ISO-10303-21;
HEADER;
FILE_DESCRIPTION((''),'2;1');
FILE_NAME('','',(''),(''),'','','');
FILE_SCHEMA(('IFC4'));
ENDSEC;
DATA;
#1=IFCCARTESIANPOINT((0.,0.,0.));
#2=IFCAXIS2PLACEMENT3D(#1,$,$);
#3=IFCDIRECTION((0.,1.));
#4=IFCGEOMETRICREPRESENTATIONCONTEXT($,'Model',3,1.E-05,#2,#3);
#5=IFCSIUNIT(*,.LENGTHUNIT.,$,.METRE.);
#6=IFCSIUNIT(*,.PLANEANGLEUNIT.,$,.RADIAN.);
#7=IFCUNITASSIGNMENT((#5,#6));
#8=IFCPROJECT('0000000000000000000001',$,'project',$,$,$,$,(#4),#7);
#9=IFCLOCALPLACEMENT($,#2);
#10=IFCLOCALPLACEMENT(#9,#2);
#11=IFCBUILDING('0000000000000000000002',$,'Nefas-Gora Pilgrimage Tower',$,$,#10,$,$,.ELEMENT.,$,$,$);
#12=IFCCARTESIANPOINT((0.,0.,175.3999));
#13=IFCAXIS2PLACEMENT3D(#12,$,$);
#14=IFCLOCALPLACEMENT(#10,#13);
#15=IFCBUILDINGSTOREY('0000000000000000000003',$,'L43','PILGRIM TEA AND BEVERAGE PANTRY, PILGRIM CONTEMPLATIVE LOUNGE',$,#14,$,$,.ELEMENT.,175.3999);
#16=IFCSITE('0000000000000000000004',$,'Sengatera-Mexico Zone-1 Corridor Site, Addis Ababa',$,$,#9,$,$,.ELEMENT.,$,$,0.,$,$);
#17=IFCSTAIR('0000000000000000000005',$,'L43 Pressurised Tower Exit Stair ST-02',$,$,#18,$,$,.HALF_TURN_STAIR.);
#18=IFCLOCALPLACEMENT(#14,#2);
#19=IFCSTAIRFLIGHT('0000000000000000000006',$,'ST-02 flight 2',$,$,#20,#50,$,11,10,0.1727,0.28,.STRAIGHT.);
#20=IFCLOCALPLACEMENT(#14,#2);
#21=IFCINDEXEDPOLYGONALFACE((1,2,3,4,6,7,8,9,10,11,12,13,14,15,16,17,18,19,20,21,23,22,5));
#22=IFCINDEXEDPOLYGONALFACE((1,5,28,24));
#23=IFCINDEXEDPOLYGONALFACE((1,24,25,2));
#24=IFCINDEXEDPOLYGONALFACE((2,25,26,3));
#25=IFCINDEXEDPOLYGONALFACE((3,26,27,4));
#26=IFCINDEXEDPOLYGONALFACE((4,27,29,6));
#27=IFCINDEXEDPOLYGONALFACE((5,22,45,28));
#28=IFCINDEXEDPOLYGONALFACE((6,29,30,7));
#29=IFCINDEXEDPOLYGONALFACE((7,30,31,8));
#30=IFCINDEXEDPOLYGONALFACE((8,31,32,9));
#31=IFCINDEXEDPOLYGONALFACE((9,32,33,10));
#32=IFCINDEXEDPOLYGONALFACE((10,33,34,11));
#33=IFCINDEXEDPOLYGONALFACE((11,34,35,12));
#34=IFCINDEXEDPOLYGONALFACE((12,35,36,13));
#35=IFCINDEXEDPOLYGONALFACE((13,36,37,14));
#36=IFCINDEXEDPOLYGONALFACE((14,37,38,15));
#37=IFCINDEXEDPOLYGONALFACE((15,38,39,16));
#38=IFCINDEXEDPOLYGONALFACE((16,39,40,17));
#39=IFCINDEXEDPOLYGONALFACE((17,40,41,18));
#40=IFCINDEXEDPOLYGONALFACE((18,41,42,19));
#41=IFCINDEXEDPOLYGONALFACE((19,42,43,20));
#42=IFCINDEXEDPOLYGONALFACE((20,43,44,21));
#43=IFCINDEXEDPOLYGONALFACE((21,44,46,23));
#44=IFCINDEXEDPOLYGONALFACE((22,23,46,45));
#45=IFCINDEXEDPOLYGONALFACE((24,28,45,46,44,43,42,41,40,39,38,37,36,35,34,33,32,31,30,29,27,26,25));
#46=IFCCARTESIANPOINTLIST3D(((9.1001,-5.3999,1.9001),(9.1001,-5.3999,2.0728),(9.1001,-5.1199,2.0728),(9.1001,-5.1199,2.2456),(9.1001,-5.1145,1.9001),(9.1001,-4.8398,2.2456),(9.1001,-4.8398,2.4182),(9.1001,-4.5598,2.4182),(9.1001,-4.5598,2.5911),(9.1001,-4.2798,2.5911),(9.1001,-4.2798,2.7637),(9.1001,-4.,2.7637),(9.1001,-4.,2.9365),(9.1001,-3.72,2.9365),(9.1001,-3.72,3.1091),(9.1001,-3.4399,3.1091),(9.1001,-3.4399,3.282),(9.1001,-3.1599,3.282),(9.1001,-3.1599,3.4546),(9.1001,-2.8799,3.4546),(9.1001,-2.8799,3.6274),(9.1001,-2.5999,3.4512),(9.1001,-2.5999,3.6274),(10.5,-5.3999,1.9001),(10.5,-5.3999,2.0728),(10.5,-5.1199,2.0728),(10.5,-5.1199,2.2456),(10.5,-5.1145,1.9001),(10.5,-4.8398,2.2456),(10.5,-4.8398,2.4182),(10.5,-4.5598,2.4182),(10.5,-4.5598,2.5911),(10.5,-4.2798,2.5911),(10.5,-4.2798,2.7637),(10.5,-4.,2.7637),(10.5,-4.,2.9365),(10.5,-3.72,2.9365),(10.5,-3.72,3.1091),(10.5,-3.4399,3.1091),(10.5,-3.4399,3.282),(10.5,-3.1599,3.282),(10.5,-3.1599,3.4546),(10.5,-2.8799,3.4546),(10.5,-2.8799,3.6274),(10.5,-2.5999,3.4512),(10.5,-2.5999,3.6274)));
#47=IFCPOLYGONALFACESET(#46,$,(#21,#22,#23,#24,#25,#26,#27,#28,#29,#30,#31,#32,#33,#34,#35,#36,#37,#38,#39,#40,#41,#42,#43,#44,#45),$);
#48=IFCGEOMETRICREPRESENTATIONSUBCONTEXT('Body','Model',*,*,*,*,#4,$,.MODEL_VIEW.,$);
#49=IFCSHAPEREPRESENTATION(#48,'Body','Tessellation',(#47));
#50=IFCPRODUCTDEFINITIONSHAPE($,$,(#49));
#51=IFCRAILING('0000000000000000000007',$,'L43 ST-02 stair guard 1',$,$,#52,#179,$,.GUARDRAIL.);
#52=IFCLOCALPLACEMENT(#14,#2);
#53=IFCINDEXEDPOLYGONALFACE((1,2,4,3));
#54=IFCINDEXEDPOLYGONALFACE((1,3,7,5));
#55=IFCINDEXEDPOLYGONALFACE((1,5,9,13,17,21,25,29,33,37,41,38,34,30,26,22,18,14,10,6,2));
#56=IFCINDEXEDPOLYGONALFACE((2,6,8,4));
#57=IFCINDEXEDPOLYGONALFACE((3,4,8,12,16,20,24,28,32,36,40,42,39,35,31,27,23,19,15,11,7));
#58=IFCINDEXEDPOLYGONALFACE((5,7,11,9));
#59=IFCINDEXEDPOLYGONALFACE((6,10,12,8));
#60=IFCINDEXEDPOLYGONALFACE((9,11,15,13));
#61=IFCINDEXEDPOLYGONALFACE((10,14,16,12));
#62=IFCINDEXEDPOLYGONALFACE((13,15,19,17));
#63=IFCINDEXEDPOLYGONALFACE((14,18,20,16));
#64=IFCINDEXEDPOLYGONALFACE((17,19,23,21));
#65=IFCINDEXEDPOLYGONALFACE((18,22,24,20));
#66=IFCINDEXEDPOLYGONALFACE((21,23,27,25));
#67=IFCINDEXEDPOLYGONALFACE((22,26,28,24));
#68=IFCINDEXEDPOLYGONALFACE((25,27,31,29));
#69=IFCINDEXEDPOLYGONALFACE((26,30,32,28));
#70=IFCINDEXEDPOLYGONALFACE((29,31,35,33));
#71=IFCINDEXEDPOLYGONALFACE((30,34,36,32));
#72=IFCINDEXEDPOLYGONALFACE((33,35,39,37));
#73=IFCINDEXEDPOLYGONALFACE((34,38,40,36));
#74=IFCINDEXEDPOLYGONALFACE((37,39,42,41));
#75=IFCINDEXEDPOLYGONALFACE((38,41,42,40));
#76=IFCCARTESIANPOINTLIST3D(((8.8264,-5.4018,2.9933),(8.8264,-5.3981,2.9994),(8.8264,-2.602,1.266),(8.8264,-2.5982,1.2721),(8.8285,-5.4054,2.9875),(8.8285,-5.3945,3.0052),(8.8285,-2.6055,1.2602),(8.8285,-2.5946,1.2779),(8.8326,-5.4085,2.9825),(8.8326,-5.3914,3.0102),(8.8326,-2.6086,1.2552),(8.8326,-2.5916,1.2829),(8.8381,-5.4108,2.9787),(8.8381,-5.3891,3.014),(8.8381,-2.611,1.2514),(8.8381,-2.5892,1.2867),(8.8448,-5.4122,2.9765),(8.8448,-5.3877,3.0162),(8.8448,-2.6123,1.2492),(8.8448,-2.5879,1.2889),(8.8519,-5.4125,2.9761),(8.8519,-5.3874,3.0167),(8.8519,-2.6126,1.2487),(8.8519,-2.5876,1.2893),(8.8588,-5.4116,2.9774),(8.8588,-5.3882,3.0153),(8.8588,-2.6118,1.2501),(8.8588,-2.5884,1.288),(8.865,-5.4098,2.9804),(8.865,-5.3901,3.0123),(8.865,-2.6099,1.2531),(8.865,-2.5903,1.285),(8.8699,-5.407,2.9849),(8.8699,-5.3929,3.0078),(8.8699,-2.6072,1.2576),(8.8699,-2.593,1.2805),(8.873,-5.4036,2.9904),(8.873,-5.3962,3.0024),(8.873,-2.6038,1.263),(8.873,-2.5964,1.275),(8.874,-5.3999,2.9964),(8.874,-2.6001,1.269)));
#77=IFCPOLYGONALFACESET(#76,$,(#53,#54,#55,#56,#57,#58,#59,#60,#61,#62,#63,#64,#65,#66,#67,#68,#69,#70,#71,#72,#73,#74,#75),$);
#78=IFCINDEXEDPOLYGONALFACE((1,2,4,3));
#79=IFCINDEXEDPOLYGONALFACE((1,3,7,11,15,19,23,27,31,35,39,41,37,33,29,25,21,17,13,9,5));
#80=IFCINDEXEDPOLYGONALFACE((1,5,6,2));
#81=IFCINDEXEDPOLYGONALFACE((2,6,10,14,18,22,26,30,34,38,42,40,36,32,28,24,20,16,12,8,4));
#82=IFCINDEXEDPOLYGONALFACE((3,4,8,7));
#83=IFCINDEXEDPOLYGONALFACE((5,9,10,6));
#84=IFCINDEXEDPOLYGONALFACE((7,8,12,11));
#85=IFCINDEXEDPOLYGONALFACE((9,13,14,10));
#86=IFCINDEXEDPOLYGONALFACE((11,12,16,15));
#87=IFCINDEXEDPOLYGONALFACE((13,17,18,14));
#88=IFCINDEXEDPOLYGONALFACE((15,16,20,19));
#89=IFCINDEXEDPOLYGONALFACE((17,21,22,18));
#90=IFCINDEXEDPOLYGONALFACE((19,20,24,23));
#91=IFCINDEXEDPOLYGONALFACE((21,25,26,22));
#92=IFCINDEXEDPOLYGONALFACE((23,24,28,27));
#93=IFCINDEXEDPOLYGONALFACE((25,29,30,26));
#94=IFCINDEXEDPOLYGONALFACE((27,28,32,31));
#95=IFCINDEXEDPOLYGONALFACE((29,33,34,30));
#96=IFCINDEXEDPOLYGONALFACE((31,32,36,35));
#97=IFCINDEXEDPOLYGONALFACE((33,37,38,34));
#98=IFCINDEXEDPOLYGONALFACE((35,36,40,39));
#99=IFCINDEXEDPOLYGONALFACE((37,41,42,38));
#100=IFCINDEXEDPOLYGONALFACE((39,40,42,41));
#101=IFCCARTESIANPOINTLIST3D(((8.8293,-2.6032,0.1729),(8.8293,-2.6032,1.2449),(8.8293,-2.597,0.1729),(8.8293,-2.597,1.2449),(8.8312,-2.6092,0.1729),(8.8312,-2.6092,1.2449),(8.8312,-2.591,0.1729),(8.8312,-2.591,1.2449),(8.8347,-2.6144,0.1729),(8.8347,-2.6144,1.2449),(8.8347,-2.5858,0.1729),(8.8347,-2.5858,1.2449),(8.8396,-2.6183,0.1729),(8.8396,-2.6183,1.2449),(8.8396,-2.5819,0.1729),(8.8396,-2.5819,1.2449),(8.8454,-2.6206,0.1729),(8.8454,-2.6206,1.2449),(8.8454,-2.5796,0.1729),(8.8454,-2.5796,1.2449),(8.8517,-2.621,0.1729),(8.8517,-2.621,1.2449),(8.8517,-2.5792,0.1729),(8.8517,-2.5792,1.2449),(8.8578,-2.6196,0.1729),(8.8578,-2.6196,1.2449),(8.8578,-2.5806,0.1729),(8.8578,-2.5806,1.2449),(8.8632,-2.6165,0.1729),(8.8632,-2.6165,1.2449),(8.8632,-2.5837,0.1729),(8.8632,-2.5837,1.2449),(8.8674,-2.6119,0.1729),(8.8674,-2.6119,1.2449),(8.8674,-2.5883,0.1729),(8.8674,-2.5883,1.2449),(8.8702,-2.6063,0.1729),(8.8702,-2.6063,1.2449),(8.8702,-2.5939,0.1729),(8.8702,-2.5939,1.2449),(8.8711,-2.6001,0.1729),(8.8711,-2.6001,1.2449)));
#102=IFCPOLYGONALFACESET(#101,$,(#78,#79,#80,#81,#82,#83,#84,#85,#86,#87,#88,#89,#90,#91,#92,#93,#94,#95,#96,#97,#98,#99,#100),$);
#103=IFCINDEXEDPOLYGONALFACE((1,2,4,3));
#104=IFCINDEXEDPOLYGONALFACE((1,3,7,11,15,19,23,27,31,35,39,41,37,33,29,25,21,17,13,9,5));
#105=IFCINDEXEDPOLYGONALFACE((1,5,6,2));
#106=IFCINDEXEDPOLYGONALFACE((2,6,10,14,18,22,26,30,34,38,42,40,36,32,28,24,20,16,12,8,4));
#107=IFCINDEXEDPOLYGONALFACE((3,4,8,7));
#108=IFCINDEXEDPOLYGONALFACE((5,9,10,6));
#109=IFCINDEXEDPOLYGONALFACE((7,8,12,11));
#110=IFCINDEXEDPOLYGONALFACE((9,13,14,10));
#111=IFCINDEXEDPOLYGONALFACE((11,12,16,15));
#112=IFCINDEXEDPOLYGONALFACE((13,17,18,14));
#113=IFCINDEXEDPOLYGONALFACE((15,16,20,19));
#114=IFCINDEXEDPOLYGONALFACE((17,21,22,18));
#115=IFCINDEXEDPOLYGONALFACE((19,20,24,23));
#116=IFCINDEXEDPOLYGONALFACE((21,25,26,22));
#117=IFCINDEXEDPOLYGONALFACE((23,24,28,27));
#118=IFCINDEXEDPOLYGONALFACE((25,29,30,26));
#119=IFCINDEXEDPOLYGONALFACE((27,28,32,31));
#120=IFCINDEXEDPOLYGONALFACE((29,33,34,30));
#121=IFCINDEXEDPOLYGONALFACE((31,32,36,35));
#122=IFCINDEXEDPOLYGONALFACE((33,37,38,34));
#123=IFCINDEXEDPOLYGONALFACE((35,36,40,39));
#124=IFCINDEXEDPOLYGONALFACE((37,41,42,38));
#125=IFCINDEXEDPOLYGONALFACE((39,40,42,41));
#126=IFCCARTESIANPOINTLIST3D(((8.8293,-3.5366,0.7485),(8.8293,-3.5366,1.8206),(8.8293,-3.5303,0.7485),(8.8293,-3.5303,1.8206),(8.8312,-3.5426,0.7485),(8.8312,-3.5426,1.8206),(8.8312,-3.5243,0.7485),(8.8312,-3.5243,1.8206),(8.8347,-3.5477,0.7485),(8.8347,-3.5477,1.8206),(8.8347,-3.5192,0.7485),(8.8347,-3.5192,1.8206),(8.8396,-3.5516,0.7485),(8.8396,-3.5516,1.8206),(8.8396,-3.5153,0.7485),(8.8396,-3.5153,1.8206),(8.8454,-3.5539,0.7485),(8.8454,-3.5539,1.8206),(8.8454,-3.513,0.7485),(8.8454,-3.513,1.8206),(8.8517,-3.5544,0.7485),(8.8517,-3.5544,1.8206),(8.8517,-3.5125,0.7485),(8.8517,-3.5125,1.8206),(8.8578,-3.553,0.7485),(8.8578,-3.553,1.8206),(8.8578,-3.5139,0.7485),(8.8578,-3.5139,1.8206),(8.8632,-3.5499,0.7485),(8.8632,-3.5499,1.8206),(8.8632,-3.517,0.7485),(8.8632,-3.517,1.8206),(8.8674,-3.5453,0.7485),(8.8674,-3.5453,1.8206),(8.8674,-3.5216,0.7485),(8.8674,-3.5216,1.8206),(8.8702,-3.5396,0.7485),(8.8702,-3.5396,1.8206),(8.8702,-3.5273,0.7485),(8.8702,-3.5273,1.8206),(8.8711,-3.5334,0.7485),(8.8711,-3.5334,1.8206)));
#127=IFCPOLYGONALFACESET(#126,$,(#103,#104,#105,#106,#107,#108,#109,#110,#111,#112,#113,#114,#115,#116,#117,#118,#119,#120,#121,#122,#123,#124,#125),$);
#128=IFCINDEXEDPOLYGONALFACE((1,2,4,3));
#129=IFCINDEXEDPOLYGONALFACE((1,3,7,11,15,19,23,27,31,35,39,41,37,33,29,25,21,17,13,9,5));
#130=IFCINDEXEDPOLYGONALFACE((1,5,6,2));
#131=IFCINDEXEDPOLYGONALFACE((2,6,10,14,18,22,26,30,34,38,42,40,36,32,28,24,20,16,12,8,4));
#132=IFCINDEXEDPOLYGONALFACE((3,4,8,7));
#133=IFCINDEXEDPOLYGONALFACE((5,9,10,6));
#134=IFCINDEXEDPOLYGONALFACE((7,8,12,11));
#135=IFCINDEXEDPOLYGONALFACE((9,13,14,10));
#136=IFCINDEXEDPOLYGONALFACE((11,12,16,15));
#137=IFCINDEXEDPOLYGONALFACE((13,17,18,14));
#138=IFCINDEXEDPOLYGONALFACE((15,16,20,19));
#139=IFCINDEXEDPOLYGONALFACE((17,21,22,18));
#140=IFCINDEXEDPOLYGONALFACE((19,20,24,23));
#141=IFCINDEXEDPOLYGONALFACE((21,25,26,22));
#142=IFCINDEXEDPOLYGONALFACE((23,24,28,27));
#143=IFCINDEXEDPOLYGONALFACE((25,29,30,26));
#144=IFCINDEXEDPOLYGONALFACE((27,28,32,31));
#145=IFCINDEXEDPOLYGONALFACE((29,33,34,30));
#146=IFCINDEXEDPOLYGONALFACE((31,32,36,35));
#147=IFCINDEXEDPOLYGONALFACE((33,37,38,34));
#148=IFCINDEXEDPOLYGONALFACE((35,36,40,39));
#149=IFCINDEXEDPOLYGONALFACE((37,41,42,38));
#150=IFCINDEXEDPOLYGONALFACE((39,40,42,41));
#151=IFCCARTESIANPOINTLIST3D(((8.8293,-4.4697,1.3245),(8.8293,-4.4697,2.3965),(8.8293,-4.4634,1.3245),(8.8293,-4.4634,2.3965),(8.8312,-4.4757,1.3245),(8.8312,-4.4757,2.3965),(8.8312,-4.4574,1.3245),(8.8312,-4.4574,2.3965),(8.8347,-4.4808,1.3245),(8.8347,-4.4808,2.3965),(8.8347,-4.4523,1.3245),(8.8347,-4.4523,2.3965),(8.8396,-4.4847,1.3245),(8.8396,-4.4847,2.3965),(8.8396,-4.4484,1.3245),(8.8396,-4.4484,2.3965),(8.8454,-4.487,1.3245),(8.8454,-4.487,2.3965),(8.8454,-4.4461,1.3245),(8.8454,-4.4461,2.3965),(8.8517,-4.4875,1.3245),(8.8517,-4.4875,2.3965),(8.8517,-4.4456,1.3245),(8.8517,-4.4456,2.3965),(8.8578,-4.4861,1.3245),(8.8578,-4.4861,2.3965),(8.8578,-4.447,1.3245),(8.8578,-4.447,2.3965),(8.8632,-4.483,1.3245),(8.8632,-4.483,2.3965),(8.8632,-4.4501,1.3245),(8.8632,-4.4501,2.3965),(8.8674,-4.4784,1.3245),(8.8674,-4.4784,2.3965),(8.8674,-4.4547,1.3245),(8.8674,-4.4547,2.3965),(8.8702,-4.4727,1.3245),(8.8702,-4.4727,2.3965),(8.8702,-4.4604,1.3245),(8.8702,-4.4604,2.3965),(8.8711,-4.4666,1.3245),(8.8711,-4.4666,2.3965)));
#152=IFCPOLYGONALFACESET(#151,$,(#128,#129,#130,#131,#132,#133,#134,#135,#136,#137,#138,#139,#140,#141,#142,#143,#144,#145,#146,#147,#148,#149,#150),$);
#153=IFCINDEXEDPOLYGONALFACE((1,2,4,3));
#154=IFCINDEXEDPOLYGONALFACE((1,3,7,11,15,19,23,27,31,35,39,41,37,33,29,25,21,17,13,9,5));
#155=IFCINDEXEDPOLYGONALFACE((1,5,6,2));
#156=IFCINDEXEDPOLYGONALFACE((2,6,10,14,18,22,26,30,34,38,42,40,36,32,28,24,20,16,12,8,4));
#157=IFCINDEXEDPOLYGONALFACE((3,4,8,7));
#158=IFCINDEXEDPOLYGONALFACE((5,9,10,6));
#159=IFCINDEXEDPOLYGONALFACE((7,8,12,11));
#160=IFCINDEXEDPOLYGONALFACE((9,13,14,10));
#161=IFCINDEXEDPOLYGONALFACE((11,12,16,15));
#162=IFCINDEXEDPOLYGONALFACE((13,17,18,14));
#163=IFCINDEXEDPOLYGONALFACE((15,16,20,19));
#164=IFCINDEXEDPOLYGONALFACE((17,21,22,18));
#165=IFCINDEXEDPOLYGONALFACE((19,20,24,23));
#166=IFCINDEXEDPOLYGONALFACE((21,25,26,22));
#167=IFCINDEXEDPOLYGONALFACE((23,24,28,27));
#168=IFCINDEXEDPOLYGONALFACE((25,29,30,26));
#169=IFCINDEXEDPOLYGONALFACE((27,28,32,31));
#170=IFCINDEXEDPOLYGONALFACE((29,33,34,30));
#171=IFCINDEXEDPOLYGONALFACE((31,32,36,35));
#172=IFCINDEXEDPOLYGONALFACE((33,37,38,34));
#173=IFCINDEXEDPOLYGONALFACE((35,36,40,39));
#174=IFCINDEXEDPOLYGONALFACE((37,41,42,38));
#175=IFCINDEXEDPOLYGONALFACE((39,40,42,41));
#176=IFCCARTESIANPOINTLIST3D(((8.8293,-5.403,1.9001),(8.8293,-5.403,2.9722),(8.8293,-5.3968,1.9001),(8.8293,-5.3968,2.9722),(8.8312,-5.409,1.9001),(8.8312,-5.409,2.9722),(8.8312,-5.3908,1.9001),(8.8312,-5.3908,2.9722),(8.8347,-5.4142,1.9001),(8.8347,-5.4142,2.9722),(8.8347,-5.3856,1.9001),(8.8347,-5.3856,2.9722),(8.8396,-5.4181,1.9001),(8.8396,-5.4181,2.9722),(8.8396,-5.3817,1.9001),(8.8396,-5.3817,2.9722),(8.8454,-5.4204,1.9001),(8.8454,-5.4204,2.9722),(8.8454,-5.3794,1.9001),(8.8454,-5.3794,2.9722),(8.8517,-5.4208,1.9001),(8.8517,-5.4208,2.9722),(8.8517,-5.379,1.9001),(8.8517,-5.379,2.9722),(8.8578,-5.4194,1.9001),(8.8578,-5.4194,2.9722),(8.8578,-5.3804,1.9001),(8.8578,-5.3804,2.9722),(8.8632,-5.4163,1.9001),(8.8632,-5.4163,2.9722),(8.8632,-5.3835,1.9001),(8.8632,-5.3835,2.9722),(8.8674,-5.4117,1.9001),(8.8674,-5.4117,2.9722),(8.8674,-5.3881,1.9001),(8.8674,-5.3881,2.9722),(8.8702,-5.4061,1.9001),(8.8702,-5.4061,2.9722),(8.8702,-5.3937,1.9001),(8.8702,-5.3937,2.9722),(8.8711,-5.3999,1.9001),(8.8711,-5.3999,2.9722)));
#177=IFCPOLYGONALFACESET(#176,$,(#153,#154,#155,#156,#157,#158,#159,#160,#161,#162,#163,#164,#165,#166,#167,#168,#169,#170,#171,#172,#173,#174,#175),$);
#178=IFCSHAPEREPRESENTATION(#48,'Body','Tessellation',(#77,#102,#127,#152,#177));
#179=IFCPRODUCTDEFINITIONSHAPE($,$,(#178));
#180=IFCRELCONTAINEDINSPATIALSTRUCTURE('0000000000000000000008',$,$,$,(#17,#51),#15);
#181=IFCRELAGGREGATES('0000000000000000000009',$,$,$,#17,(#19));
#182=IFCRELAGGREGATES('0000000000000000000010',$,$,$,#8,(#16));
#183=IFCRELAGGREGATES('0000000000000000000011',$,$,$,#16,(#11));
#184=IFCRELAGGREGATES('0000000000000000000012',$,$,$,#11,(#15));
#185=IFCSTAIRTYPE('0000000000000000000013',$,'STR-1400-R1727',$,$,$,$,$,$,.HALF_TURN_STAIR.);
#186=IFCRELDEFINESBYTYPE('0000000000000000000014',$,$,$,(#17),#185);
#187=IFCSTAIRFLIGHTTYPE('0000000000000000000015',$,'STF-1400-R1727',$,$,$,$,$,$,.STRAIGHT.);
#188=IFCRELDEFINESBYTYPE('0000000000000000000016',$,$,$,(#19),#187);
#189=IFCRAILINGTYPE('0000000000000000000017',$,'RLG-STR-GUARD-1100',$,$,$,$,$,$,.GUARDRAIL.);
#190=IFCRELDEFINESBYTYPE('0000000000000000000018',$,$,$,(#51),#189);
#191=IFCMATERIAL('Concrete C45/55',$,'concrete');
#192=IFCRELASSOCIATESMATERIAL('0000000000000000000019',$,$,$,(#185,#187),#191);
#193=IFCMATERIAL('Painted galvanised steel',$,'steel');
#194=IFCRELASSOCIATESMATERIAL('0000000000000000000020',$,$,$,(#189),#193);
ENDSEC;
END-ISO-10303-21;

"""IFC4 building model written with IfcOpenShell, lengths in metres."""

from ifc_helpers import new_model, si_unit, direction, frame, origin, origin_2d, place, context, subcontext, project, spatial, polyline, circle, outline, extrude, source, transform, mapped, material, type_object, element, aggregate, save


model = new_model("IFC4")

# Units and contexts
model_context = context("Model", 3, precision=1e-05, world=origin(), true_north=direction((0.0, 1.0)))
body_context = subcontext(model_context, "Body", "Model", "MODEL_VIEW")
ifc_project = project(units=[si_unit("LENGTHUNIT", "METRE"), si_unit("PLANEANGLEUNIT", "RADIAN")], contexts=[model_context])

# Site, building, storey
site_placement = place(None, origin())
site = spatial("IfcSite", under=ifc_project, at=site_placement, Name="Sengatera-Mexico Zone-1 Corridor Site, Addis Ababa", CompositionType="ELEMENT", RefElevation=0.0)
building_placement = place(site_placement, origin())
building = spatial("IfcBuilding", under=site, at=building_placement, Name="Nefas-Gora Pilgrimage Tower", CompositionType="ELEMENT")
storey_placement = place(building_placement, frame((0.0, 0.0, 175.3999)))
storey = spatial("IfcBuildingStorey", under=building, at=storey_placement, Name="L43", Description="PILGRIM TEA AND BEVERAGE PANTRY, PILGRIM CONTEMPLATIVE LOUNGE", CompositionType="ELEMENT", Elevation=175.3999)

# Shared definitions
ifc_material_1 = material(Name="Concrete C45/55", Category="concrete")

# Stair, stair flight
stair_type = type_object("IfcStairType", Name="STR-1400-R1727", PredefinedType="HALF_TURN_STAIR", material=ifc_material_1)
stair_placement = place(storey_placement, origin())
stair = element("IfcStair", 1, at=stair_placement, inside=storey, type_object=stair_type, Name="L43 Pressurised Tower Exit Stair ST-02", PredefinedType="HALF_TURN_STAIR")
stair_flight_type = type_object("IfcStairFlightType", Name="STF-1400-R1727", PredefinedType="STRAIGHT", material=ifc_material_1)
shared_shape_1 = source(origin(), body_context, "Body", "SweptSolid", [
    extrude(outline(polyline([(0.0, 0.0), (0.0, 0.1726), (0.28, 0.1726), (0.28, 0.3455), (0.5601, 0.3455), (0.5601, 0.5181), (0.8401, 0.5181), (0.8401, 0.6909), (1.1201, 0.6909), (1.1201, 0.8635), (1.3999, 0.8635), (1.3999, 1.0364), (1.6799, 1.0364), (1.6799, 1.209), (1.96, 1.209), (1.96, 1.3818), (2.24, 1.3818), (2.24, 1.5544), (2.52, 1.5544), (2.52, 1.7273), (2.8, 1.7273), (2.8, 1.8999), (2.8, 1.551), (0.2854, 0.0), (0.0, 0.0)])), frame((0.0, 0.7, 0.0), z_axis=(0.0, -1.0, 0.0), x_axis=(1.0, 0.0, 0.0)), (0.0, 0.0, 1.0), 1.3999),
])
stair_flight_1_placement = place(storey_placement, frame((9.8, -5.3999, 1.9001), z_axis=(0.0, 0.0, 1.0), x_axis=(0.0, 1.0, 0.0)))
stair_flight_1 = element("IfcStairFlight", 2, at=stair_flight_1_placement, type_object=stair_flight_type, Name="ST-02 flight 2", NumberOfRisers=11, NumberOfTreads=10, PredefinedType="STRAIGHT", RiserHeight=0.1727, TreadLength=0.28, context=body_context, shape_type="MappedRepresentation", body=[
    mapped(shared_shape_1, transform((0.0, 0.0, 0.0), x_axis=(1.0, 0.0, 0.0), y_axis=(0.0, 1.0, 0.0), z_axis=(0.0, 0.0, 1.0), scale=1.0)),
])
aggregate(stair, [stair_flight_1])

# Railing
ifc_material_2 = material(Name="Painted galvanised steel", Category="steel")
railing_type_1 = type_object("IfcRailingType", Name="RLG-STR-GUARD-1100", PredefinedType="GUARDRAIL", material=ifc_material_2)
railing_1_placement = place(storey_placement, frame((8.8501, -2.6001, 0.1729)))
element("IfcRailing", 3, at=railing_1_placement, inside=storey, type_object=railing_type_1, Name="L43 ST-02 stair guard 1", PredefinedType="GUARDRAIL", context=body_context, shape_type="SweptSolid", body=[
    extrude(circle(Radius=0.0239, at=origin_2d()), frame((0.0, 0.0, 1.0962), z_axis=(0.0, -0.851069, 0.525054), x_axis=(1.0, 0.0, 0.0)), (0.0, 0.0, 1.0), 3.2898),
    extrude(circle(Radius=0.021, at=origin_2d()), origin(), (0.0, 0.0, 1.0), 1.072),
    extrude(circle(Radius=0.021, at=origin_2d()), frame((0.0, -0.9333, 0.5757)), (0.0, 0.0, 1.0), 1.072),
    extrude(circle(Radius=0.021, at=origin_2d()), frame((0.0, -1.8665, 1.1516)), (0.0, 0.0, 1.0), 1.072),
    extrude(circle(Radius=0.021, at=origin_2d()), frame((0.0, -2.7998, 1.7273)), (0.0, 0.0, 1.0), 1.072),
])

save(model, "model.ifc")
